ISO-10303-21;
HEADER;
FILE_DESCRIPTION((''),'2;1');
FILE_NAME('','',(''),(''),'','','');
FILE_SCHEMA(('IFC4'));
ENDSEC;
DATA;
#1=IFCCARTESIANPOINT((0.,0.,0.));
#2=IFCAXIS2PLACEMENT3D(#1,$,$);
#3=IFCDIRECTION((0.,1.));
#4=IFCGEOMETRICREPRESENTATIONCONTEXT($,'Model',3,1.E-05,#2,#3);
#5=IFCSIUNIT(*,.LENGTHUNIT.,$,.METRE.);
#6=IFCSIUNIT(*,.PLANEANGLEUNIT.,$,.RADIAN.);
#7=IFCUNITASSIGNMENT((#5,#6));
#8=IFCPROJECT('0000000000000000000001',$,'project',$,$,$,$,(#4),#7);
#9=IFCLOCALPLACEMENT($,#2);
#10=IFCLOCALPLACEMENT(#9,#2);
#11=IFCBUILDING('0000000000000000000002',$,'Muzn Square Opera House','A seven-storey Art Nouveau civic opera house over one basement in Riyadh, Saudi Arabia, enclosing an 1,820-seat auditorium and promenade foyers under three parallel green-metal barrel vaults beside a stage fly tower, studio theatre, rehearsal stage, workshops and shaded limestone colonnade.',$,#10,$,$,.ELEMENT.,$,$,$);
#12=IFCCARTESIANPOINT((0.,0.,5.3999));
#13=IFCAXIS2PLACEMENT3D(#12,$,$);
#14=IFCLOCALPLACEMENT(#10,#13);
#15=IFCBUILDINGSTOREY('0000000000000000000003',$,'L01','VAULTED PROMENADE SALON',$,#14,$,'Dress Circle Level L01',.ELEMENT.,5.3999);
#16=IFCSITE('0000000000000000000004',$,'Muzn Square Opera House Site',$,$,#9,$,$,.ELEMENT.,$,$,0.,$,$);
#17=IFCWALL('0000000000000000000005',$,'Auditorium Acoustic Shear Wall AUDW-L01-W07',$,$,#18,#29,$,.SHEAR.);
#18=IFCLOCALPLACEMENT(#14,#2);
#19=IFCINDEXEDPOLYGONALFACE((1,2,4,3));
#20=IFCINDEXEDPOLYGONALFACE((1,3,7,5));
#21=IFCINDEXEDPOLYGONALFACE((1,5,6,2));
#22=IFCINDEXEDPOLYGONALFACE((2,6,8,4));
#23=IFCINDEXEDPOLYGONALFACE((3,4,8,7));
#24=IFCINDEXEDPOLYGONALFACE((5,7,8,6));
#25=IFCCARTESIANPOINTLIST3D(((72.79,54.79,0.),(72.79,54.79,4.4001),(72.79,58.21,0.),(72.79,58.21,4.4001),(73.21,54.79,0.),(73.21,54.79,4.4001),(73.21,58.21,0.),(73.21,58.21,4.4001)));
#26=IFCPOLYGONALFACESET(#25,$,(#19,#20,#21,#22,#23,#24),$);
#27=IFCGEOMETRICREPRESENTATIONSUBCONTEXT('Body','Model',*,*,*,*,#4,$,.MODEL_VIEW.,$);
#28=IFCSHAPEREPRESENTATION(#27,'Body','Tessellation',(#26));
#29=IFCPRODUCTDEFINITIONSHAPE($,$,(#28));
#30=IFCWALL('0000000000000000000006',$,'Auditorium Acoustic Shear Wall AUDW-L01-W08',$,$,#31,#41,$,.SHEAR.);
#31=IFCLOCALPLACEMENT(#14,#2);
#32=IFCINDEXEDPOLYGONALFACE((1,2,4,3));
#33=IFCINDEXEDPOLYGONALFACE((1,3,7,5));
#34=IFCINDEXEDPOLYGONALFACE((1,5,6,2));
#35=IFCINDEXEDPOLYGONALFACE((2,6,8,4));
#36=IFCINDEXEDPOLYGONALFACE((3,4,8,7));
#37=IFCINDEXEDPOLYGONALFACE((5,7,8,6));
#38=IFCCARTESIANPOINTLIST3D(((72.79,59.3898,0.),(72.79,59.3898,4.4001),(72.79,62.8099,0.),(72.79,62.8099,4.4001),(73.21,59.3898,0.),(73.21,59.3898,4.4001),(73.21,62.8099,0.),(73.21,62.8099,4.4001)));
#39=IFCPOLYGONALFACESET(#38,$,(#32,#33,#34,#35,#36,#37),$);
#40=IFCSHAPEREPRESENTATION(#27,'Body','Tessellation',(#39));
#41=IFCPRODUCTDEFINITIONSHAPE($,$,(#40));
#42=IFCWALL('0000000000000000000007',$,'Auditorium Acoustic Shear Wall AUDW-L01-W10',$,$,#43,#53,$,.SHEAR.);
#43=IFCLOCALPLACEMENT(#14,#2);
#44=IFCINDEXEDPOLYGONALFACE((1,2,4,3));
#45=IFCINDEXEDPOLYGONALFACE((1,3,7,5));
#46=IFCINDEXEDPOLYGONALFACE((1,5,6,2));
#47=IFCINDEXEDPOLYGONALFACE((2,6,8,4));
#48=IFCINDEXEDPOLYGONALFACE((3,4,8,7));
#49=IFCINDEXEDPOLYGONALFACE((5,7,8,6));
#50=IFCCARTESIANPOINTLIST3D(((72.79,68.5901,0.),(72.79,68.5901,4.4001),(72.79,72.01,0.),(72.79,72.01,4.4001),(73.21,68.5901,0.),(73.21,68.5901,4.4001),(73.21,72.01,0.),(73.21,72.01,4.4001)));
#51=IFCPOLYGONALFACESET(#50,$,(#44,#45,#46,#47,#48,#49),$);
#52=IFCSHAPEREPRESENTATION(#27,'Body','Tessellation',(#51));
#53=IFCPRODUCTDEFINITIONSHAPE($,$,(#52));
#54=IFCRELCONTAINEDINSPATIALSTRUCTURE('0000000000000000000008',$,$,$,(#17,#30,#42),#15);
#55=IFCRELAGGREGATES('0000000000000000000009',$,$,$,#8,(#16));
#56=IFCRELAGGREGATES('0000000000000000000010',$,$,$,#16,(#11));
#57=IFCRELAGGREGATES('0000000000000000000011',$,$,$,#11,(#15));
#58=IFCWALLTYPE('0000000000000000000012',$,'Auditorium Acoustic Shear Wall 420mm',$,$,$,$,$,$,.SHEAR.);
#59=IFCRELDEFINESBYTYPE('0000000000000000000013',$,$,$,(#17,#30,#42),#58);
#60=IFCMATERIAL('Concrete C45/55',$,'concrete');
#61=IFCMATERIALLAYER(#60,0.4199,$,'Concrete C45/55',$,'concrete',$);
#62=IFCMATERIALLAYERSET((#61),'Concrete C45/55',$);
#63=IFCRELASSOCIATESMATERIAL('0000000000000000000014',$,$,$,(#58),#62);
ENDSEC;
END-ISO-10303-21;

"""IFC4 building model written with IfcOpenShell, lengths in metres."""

from ifc_helpers import new_model, si_unit, direction, frame, frame_2d, origin, place, context, subcontext, project, spatial, rectangle, extrude, material, layer, layer_set, type_object, element, save


model = new_model("IFC4")

# Units and contexts
model_context = context("Model", 3, precision=1e-05, world=origin(), true_north=direction((0.0, 1.0)))
body_context = subcontext(model_context, "Body", "Model", "MODEL_VIEW")
ifc_project = project(units=[si_unit("LENGTHUNIT", "METRE"), si_unit("PLANEANGLEUNIT", "RADIAN")], contexts=[model_context])

# Site, building, storey
site_placement = place(None, origin())
site = spatial("IfcSite", under=ifc_project, at=site_placement, Name="Muzn Square Opera House Site", CompositionType="ELEMENT", RefElevation=0.0)
building_placement = place(site_placement, origin())
building = spatial("IfcBuilding", under=site, at=building_placement, Name="Muzn Square Opera House", Description="A seven-storey Art Nouveau civic opera house over one basement in Riyadh, Saudi Arabia, enclosing an 1,820-seat auditorium and promenade foyers under three parallel green-metal barrel vaults beside a stage fly tower, studio theatre, rehearsal stage, workshops and shaded limestone colonnade.", CompositionType="ELEMENT")
storey_placement = place(building_placement, frame((0.0, 0.0, 5.3999)))
storey = spatial("IfcBuildingStorey", under=building, at=storey_placement, Name="L01", Description="VAULTED PROMENADE SALON", LongName="Dress Circle Level L01", CompositionType="ELEMENT", Elevation=5.3999)

# Shared definitions
ifc_material_1 = material(Name="Concrete C45/55", Category="concrete")

# Walls
ifc_layer_1 = layer(ifc_material_1, 0.4199, Name="Concrete C45/55", Category="concrete")
ifc_layer_set_1 = layer_set([ifc_layer_1], Name="Concrete C45/55")
wall_type = type_object("IfcWallType", Name="Auditorium Acoustic Shear Wall 420mm", PredefinedType="SHEAR", material=ifc_layer_set_1)
wall_1_placement = place(storey_placement, frame((73.0, 54.79, 0.0), z_axis=(0.0, 0.0, 1.0), x_axis=(0.0, 1.0, 0.0)))
element("IfcWall", 1, at=wall_1_placement, inside=storey, type_object=wall_type, Name="Auditorium Acoustic Shear Wall AUDW-L01-W07", PredefinedType="SHEAR", context=body_context, shape_type="SweptSolid", body=[
    extrude(rectangle(XDim=3.4199, YDim=0.4199, at=frame_2d((1.71, 0.0))), origin(), (0.0, 0.0, 1.0), 4.4001),
])
wall_2_placement = place(storey_placement, frame((73.0, 59.3899, 0.0), z_axis=(0.0, 0.0, 1.0), x_axis=(0.0, 1.0, 0.0)))
element("IfcWall", 2, at=wall_2_placement, inside=storey, type_object=wall_type, Name="Auditorium Acoustic Shear Wall AUDW-L01-W08", PredefinedType="SHEAR", context=body_context, shape_type="SweptSolid", body=[
    extrude(rectangle(XDim=3.4202, YDim=0.4199, at=frame_2d((1.71, 0.0))), origin(), (0.0, 0.0, 1.0), 4.4001),
])
wall_3_placement = place(storey_placement, frame((73.0, 68.5901, 0.0), z_axis=(0.0, 0.0, 1.0), x_axis=(0.0, 1.0, 0.0)))
element("IfcWall", 3, at=wall_3_placement, inside=storey, type_object=wall_type, Name="Auditorium Acoustic Shear Wall AUDW-L01-W10", PredefinedType="SHEAR", context=body_context, shape_type="SweptSolid", body=[
    extrude(rectangle(XDim=3.4199, YDim=0.4199, at=frame_2d((1.71, 0.0))), origin(), (0.0, 0.0, 1.0), 4.4001),
])

save(model, "model.ifc")
